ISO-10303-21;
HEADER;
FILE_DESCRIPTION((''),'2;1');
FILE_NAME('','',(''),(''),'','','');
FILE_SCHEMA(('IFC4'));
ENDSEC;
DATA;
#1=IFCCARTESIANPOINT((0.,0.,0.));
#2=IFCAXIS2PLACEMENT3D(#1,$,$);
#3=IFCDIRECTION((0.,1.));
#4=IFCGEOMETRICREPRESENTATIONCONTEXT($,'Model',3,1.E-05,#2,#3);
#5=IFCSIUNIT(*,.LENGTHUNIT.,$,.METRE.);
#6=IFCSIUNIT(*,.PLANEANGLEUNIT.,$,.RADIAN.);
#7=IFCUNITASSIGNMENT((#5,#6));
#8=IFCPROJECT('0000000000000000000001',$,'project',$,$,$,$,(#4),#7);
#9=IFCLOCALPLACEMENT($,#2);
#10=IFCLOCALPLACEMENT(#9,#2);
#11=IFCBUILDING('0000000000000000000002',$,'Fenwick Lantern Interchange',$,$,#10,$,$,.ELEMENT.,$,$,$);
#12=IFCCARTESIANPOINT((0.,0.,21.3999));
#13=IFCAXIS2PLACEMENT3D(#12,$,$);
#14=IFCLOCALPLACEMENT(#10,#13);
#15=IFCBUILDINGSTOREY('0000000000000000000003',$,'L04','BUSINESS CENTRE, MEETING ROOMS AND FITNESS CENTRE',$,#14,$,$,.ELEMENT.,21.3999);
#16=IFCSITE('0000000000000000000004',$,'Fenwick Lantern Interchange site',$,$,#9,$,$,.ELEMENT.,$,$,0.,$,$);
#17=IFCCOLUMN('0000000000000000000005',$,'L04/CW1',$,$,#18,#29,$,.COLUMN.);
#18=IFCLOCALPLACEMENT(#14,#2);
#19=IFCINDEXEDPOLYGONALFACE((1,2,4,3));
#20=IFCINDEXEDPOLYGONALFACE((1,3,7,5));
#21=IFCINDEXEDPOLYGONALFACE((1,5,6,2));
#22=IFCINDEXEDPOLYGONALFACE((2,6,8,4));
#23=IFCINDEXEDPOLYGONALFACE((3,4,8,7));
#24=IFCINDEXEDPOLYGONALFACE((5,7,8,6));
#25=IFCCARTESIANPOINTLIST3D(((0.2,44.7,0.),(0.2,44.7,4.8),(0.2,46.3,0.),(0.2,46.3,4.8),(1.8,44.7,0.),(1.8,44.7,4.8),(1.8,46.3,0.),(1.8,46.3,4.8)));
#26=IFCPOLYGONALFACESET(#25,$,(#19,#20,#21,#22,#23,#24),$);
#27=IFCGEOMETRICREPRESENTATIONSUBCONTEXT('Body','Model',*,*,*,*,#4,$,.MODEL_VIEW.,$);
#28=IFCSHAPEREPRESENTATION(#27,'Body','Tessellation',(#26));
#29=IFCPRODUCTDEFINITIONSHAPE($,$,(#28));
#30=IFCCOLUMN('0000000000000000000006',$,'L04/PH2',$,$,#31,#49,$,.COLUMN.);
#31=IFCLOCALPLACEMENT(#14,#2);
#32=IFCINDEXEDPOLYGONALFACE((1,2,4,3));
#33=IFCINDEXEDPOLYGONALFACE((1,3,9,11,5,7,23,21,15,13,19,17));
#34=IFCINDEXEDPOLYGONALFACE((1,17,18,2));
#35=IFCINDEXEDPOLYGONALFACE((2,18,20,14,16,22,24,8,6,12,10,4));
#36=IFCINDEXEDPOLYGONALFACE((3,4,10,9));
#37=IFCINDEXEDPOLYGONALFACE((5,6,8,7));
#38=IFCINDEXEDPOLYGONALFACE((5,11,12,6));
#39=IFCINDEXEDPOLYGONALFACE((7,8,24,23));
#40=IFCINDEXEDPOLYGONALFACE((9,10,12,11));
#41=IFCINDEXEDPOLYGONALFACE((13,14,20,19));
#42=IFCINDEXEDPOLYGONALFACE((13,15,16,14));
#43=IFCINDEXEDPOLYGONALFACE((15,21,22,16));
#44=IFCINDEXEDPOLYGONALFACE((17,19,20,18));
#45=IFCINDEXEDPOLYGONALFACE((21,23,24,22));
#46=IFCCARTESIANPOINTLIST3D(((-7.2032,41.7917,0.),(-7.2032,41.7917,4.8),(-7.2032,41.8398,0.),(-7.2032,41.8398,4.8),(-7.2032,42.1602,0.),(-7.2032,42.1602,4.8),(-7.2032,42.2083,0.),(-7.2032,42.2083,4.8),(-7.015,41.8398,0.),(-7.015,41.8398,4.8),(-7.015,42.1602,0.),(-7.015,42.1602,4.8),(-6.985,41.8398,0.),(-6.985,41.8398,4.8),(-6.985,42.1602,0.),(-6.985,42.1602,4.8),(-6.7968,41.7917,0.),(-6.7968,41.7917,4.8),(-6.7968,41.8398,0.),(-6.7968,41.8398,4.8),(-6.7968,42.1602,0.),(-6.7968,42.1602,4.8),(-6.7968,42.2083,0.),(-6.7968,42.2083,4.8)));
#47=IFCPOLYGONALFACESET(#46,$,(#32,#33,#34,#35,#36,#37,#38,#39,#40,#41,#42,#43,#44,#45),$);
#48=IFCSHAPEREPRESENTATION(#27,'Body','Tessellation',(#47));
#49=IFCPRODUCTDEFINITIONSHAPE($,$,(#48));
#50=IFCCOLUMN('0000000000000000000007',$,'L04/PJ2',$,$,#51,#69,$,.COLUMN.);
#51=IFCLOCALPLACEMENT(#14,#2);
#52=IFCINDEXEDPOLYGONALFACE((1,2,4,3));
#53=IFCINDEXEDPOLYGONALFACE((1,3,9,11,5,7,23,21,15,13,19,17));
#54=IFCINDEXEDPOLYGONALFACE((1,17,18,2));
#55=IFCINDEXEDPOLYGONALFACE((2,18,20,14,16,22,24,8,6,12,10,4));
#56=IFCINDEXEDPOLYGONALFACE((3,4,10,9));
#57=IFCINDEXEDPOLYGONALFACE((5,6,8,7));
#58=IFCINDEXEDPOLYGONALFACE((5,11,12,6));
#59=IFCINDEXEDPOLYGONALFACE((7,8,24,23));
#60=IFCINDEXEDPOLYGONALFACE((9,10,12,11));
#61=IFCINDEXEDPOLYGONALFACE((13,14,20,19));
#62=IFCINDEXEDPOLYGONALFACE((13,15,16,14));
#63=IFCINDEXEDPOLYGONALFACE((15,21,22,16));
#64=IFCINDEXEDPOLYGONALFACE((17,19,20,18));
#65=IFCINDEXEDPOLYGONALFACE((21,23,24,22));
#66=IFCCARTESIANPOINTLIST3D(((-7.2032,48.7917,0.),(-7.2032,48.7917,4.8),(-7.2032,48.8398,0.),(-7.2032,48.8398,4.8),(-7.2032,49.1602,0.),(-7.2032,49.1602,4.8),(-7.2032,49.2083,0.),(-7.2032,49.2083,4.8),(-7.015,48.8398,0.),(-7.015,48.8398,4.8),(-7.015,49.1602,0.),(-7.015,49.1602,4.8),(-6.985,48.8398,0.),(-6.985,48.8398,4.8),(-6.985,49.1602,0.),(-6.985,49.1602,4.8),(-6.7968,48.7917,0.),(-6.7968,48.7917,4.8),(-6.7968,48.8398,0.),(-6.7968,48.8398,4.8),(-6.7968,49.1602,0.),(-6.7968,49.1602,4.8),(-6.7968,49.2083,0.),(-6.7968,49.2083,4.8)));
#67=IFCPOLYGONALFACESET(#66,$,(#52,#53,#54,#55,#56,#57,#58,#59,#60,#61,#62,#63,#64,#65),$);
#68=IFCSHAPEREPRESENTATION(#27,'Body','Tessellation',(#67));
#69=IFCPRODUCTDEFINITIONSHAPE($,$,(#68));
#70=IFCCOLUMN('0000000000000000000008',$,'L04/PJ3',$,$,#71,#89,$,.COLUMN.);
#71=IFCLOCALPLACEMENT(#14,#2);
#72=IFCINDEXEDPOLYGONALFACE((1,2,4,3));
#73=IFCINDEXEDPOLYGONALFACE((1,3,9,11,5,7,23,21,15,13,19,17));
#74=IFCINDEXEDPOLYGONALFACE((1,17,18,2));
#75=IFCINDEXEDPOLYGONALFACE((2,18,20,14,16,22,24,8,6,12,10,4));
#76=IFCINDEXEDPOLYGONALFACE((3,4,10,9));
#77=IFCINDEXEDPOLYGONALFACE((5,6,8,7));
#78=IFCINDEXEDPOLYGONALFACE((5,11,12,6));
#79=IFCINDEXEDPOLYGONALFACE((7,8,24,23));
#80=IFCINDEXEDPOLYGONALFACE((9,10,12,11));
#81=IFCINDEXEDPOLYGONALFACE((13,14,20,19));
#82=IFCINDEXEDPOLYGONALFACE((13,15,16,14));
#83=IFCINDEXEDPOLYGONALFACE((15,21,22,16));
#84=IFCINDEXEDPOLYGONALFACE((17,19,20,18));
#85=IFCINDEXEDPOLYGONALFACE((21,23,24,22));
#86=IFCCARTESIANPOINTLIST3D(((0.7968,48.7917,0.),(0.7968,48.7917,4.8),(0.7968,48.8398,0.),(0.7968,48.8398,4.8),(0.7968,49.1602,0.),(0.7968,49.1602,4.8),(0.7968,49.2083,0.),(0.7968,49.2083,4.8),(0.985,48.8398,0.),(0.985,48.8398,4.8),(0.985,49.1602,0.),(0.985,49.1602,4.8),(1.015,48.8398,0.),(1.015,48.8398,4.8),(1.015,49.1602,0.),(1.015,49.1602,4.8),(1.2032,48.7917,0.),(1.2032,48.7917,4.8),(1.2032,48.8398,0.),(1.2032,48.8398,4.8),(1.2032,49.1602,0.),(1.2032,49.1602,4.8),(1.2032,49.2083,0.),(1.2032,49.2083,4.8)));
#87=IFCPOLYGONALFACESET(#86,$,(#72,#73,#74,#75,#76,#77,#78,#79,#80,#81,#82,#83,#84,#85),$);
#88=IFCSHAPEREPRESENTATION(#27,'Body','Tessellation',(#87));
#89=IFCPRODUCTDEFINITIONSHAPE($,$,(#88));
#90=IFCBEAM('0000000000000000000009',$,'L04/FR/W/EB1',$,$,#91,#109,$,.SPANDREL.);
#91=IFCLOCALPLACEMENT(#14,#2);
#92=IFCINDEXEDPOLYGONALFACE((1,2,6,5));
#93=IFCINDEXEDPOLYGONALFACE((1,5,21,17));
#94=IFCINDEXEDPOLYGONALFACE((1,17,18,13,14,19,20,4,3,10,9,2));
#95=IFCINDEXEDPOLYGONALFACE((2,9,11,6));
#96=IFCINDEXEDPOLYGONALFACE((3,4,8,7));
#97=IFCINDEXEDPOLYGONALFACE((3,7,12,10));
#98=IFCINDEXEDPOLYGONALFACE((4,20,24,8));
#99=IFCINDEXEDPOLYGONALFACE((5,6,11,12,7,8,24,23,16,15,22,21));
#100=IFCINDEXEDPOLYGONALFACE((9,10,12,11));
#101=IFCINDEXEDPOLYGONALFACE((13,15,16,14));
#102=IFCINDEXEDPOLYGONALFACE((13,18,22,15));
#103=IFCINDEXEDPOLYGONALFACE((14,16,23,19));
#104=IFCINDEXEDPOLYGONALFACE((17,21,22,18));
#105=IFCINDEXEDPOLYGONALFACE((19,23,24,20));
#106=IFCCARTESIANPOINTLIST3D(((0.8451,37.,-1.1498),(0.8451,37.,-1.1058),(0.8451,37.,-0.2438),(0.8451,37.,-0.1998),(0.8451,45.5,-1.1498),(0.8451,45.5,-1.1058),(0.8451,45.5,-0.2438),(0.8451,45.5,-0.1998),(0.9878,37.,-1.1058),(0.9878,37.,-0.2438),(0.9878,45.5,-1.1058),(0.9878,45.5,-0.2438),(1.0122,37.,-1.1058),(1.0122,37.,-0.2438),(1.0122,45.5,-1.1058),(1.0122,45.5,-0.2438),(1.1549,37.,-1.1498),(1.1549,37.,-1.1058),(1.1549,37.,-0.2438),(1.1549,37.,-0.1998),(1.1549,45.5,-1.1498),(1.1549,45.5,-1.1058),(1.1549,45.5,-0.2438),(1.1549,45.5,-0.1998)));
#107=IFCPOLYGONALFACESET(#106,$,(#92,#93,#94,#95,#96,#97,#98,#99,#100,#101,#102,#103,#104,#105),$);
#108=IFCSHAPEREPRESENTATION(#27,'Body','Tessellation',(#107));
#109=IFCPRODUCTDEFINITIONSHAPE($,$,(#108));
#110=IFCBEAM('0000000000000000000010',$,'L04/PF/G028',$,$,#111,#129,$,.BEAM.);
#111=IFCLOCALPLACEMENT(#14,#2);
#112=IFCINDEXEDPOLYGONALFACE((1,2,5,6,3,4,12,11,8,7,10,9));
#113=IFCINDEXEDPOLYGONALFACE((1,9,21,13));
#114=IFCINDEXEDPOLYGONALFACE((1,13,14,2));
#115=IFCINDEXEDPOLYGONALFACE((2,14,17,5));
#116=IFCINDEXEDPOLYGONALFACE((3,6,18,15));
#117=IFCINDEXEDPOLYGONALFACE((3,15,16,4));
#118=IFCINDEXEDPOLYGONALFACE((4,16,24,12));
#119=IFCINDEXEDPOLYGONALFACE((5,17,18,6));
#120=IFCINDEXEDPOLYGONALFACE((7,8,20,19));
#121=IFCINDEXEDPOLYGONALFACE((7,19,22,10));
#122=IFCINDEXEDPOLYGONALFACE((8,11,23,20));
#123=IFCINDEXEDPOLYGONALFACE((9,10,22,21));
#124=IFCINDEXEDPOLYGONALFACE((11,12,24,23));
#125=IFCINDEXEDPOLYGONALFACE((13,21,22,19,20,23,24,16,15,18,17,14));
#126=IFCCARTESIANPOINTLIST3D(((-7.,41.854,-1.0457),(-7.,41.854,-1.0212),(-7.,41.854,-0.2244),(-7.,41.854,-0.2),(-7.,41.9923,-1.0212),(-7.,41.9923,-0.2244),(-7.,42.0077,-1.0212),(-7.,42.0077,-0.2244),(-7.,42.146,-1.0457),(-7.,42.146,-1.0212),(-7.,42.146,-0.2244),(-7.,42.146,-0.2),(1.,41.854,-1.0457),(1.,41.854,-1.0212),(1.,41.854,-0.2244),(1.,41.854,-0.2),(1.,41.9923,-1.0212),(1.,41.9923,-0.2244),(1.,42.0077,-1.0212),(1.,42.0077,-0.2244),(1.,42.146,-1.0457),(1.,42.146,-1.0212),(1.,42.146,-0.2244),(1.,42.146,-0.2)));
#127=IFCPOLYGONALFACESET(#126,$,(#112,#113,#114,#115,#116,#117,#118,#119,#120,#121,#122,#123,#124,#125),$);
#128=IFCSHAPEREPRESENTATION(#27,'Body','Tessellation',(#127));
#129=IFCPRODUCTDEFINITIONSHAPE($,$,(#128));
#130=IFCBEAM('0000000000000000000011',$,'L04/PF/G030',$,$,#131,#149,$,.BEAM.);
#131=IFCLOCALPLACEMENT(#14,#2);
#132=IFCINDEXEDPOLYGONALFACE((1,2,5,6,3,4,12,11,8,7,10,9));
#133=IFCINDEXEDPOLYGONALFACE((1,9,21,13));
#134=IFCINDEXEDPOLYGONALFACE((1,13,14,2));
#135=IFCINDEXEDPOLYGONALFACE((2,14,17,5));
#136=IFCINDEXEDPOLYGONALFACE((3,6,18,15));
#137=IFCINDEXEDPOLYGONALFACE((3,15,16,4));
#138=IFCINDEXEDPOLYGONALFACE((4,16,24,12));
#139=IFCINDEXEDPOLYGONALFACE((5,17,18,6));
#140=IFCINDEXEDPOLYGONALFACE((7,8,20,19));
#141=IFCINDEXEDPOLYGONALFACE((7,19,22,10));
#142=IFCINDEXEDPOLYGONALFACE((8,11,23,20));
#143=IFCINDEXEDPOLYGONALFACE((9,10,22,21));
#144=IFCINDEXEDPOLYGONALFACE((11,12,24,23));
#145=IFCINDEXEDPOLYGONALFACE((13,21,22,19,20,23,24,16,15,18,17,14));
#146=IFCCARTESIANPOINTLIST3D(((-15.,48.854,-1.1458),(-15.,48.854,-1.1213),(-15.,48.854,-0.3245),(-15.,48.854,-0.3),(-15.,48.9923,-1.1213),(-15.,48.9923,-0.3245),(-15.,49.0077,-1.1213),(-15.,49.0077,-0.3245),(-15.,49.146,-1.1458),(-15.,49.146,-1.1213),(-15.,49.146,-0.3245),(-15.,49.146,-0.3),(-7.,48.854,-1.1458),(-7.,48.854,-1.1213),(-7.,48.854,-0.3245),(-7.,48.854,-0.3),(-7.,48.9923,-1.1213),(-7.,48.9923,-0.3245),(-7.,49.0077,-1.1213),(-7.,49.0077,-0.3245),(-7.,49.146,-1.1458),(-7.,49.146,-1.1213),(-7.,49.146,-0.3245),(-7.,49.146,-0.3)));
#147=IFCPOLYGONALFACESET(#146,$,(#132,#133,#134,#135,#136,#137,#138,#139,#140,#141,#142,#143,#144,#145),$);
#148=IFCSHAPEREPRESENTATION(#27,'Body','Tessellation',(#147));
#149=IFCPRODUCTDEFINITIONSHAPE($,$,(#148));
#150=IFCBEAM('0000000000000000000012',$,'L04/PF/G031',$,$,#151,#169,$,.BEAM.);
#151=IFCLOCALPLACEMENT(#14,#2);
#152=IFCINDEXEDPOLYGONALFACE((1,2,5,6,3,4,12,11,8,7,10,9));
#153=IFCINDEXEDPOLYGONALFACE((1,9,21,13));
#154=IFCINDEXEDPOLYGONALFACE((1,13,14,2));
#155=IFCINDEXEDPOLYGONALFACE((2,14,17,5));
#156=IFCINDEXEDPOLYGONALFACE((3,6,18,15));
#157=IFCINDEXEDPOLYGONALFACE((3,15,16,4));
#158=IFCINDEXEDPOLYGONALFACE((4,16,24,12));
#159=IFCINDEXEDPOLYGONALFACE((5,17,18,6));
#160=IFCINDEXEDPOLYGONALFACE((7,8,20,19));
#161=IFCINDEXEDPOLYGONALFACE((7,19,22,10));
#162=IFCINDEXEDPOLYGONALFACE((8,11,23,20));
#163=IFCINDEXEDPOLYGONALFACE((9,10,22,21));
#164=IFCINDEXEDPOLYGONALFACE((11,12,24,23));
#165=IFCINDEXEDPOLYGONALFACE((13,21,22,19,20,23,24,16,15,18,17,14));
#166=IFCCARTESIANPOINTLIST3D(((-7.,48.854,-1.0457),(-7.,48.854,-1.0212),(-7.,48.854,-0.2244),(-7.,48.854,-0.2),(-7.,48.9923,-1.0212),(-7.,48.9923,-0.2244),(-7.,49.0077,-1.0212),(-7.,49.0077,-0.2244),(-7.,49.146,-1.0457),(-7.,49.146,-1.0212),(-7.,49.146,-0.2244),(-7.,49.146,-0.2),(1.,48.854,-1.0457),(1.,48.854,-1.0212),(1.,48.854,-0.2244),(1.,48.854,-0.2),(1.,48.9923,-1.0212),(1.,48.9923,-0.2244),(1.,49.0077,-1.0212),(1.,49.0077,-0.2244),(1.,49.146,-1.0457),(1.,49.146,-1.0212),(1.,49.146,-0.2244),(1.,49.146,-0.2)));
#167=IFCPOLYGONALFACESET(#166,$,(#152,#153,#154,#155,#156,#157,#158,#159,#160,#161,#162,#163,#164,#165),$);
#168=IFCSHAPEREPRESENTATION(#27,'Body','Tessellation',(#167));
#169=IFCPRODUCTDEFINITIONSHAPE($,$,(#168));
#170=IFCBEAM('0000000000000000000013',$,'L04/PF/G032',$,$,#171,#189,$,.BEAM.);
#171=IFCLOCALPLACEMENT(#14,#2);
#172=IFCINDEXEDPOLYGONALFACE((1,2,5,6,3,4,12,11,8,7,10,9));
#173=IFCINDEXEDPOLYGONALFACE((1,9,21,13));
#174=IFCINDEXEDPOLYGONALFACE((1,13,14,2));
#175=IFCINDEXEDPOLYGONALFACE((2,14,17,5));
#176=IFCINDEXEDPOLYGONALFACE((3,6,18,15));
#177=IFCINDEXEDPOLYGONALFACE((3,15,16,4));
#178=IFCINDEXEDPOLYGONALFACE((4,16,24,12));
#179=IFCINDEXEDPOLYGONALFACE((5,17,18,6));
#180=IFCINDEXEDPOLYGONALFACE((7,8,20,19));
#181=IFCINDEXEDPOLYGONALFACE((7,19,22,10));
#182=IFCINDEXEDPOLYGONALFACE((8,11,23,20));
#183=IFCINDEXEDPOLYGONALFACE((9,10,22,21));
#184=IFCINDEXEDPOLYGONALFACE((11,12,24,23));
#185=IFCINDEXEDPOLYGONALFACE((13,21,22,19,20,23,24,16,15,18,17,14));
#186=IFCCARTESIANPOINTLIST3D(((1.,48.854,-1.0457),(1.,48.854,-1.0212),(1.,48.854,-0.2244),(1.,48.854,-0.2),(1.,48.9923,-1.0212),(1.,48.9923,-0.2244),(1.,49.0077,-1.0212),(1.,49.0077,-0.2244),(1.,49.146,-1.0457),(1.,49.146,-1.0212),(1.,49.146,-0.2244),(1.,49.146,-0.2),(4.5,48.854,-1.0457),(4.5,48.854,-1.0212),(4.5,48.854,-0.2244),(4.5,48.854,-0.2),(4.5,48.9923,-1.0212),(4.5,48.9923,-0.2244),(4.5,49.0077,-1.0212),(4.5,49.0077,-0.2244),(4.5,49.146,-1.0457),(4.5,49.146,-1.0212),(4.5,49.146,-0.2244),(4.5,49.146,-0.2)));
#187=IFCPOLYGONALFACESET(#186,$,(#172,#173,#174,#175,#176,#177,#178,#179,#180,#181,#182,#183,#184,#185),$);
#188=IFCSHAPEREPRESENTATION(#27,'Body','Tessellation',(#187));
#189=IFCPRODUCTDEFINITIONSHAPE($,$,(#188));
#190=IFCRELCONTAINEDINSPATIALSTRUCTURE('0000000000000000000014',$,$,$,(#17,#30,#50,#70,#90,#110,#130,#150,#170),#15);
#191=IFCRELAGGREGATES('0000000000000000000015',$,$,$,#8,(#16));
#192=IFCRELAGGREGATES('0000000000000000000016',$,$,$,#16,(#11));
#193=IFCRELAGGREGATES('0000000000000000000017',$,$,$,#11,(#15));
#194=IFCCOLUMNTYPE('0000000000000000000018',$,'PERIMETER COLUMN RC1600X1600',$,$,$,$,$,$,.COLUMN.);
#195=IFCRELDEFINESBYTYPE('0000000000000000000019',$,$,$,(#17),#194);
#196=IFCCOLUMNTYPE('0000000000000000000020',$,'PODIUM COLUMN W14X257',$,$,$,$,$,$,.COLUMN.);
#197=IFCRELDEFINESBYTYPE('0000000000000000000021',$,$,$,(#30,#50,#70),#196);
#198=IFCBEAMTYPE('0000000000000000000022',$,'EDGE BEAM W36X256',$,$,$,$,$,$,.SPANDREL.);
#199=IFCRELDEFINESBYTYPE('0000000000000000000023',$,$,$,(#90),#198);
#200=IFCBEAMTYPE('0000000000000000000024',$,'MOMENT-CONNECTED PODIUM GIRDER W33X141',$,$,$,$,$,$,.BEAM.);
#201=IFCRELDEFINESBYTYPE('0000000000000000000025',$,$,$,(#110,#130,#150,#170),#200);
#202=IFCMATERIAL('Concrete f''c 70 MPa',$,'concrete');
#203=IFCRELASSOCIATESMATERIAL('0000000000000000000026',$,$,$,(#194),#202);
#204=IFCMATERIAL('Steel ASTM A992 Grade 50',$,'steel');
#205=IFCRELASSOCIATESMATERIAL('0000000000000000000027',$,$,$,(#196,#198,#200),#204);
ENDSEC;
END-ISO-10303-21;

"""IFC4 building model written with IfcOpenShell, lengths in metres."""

from ifc_helpers import new_model, si_unit, direction, frame, origin, origin_2d, place, context, subcontext, project, spatial, rectangle, i_section, extrude, material, material_profile, profile_set, type_object, element, save


model = new_model("IFC4")

# Units and contexts
model_context = context("Model", 3, precision=1e-05, world=origin(), true_north=direction((0.0, 1.0)))
body_context = subcontext(model_context, "Body", "Model", "MODEL_VIEW")
ifc_project = project(units=[si_unit("LENGTHUNIT", "METRE"), si_unit("PLANEANGLEUNIT", "RADIAN")], contexts=[model_context])

# Site, building, storey
site_placement = place(None, origin())
site = spatial("IfcSite", under=ifc_project, at=site_placement, Name="Fenwick Lantern Interchange site", CompositionType="ELEMENT", RefElevation=0.0)
building_placement = place(site_placement, origin())
building = spatial("IfcBuilding", under=site, at=building_placement, Name="Fenwick Lantern Interchange", CompositionType="ELEMENT")
storey_placement = place(building_placement, frame((0.0, 0.0, 21.3999)))
storey = spatial("IfcBuildingStorey", under=building, at=storey_placement, Name="L04", Description="BUSINESS CENTRE, MEETING ROOMS AND FITNESS CENTRE", CompositionType="ELEMENT", Elevation=21.3999)

# Columns
ifc_material_1 = material(Name="Concrete f'c 70 MPa", Category="concrete")
ifc_material_profile_1 = material_profile(ifc_material_1, rectangle(XDim=1.6001, YDim=1.6001, at=origin_2d()), Name="RC1600X1600")
ifc_profile_set_1 = profile_set([ifc_material_profile_1], Name="Concrete f'c 70 MPa")
column_type_1 = type_object("IfcColumnType", Name="PERIMETER COLUMN RC1600X1600", PredefinedType="COLUMN", material=ifc_profile_set_1)
column_placement = place(storey_placement, frame((1.0, 45.5, 0.0), z_axis=(0.0, 0.0, 1.0), x_axis=(1.0, 0.0, 0.0)))
element("IfcColumn", 1, at=column_placement, inside=storey, type_object=column_type_1, Name="L04/CW1", PredefinedType="COLUMN", context=body_context, shape_type="SweptSolid", body=[
    extrude(rectangle(XDim=1.6001, YDim=1.6001, at=origin_2d()), origin(), (0.0, 0.0, 1.0), 4.8),
])
ifc_material_2 = material(Name="Steel ASTM A992 Grade 50", Category="steel")
ifc_material_profile_2 = material_profile(ifc_material_2, i_section(OverallWidth=0.4065, OverallDepth=0.4165, WebThickness=0.03, FlangeThickness=0.0481, at=origin_2d()), Name="W14X257")
ifc_profile_set_2 = profile_set([ifc_material_profile_2], Name="Steel ASTM A992 Grade 50")
column_type_2 = type_object("IfcColumnType", Name="PODIUM COLUMN W14X257", PredefinedType="COLUMN", material=ifc_profile_set_2)
for number, where, z_axis, x_axis, name in (
    (2, (-7.0, 42.0, 0.0), (0.0, 0.0, 1.0), (1.0, 0.0, 0.0), "L04/PH2"),
    (3, (-7.0, 49.0, 0.0), (0.0, 0.0, 1.0), (1.0, 0.0, 0.0), "L04/PJ2"),
    (4, (1.0, 49.0, 0.0), (0.0, 0.0, 1.0), (1.0, 0.0, 0.0), "L04/PJ3"),
):
    element("IfcColumn", number, at=place(storey_placement, frame(where, z_axis=z_axis, x_axis=x_axis)), inside=storey, type_object=column_type_2, Name=name, PredefinedType="COLUMN", context=body_context, shape_type="SweptSolid", body=[
        extrude(i_section(OverallWidth=0.4065, OverallDepth=0.4165, WebThickness=0.03, FlangeThickness=0.0481, at=origin_2d()), origin(), (0.0, 0.0, 1.0), 4.8),
    ])

# Beams
ifc_material_profile_3 = material_profile(ifc_material_2, i_section(OverallWidth=0.3098, OverallDepth=0.95, WebThickness=0.0244, FlangeThickness=0.0439, at=origin_2d()), Name="W36X256")
ifc_profile_set_3 = profile_set([ifc_material_profile_3], Name="Steel ASTM A992 Grade 50")
beam_type_1 = type_object("IfcBeamType", Name="EDGE BEAM W36X256", PredefinedType="SPANDREL", material=ifc_profile_set_3)
beam_1_placement = place(storey_placement, frame((1.0, 45.5, -0.6748), z_axis=(0.0, -1.0, 0.0), x_axis=(1.0, 0.0, 0.0)))
element("IfcBeam", 5, at=beam_1_placement, inside=storey, type_object=beam_type_1, Name="L04/FR/W/EB1", PredefinedType="SPANDREL", context=body_context, shape_type="SweptSolid", body=[
    extrude(i_section(OverallWidth=0.3098, OverallDepth=0.95, WebThickness=0.0244, FlangeThickness=0.0439, at=origin_2d()), origin(), (0.0, 0.0, 1.0), 8.5),
])
ifc_material_profile_4 = material_profile(ifc_material_2, i_section(OverallWidth=0.292, OverallDepth=0.8457, WebThickness=0.0154, FlangeThickness=0.0244, at=origin_2d()), Name="W33X141")
ifc_profile_set_4 = profile_set([ifc_material_profile_4], Name="Steel ASTM A992 Grade 50")
beam_type_2 = type_object("IfcBeamType", Name="MOMENT-CONNECTED PODIUM GIRDER W33X141", PredefinedType="BEAM", material=ifc_profile_set_4)
for number, where, z_axis, x_axis, name in (
    (6, (-7.0, 42.0, -0.6228), (1.0, 0.0, 0.0), (0.0, 1.0, 0.0), "L04/PF/G028"),
    (7, (-15.0, 49.0, -0.7229), (1.0, 0.0, 0.0), (0.0, 1.0, 0.0), "L04/PF/G030"),
    (8, (-7.0, 49.0, -0.6228), (1.0, 0.0, 0.0), (0.0, 1.0, 0.0), "L04/PF/G031"),
):
    element("IfcBeam", number, at=place(storey_placement, frame(where, z_axis=z_axis, x_axis=x_axis)), inside=storey, type_object=beam_type_2, Name=name, PredefinedType="BEAM", context=body_context, shape_type="SweptSolid", body=[
        extrude(i_section(OverallWidth=0.292, OverallDepth=0.8457, WebThickness=0.0154, FlangeThickness=0.0244, at=origin_2d()), origin(), (0.0, 0.0, 1.0), 8.0),
    ])
beam_2_placement = place(storey_placement, frame((1.0, 49.0, -0.6228), z_axis=(1.0, 0.0, 0.0), x_axis=(0.0, 1.0, 0.0)))
element("IfcBeam", 9, at=beam_2_placement, inside=storey, type_object=beam_type_2, Name="L04/PF/G032", PredefinedType="BEAM", context=body_context, shape_type="SweptSolid", body=[
    extrude(i_section(OverallWidth=0.292, OverallDepth=0.8457, WebThickness=0.0154, FlangeThickness=0.0244, at=origin_2d()), origin(), (0.0, 0.0, 1.0), 3.5),
])

save(model, "model.ifc")
